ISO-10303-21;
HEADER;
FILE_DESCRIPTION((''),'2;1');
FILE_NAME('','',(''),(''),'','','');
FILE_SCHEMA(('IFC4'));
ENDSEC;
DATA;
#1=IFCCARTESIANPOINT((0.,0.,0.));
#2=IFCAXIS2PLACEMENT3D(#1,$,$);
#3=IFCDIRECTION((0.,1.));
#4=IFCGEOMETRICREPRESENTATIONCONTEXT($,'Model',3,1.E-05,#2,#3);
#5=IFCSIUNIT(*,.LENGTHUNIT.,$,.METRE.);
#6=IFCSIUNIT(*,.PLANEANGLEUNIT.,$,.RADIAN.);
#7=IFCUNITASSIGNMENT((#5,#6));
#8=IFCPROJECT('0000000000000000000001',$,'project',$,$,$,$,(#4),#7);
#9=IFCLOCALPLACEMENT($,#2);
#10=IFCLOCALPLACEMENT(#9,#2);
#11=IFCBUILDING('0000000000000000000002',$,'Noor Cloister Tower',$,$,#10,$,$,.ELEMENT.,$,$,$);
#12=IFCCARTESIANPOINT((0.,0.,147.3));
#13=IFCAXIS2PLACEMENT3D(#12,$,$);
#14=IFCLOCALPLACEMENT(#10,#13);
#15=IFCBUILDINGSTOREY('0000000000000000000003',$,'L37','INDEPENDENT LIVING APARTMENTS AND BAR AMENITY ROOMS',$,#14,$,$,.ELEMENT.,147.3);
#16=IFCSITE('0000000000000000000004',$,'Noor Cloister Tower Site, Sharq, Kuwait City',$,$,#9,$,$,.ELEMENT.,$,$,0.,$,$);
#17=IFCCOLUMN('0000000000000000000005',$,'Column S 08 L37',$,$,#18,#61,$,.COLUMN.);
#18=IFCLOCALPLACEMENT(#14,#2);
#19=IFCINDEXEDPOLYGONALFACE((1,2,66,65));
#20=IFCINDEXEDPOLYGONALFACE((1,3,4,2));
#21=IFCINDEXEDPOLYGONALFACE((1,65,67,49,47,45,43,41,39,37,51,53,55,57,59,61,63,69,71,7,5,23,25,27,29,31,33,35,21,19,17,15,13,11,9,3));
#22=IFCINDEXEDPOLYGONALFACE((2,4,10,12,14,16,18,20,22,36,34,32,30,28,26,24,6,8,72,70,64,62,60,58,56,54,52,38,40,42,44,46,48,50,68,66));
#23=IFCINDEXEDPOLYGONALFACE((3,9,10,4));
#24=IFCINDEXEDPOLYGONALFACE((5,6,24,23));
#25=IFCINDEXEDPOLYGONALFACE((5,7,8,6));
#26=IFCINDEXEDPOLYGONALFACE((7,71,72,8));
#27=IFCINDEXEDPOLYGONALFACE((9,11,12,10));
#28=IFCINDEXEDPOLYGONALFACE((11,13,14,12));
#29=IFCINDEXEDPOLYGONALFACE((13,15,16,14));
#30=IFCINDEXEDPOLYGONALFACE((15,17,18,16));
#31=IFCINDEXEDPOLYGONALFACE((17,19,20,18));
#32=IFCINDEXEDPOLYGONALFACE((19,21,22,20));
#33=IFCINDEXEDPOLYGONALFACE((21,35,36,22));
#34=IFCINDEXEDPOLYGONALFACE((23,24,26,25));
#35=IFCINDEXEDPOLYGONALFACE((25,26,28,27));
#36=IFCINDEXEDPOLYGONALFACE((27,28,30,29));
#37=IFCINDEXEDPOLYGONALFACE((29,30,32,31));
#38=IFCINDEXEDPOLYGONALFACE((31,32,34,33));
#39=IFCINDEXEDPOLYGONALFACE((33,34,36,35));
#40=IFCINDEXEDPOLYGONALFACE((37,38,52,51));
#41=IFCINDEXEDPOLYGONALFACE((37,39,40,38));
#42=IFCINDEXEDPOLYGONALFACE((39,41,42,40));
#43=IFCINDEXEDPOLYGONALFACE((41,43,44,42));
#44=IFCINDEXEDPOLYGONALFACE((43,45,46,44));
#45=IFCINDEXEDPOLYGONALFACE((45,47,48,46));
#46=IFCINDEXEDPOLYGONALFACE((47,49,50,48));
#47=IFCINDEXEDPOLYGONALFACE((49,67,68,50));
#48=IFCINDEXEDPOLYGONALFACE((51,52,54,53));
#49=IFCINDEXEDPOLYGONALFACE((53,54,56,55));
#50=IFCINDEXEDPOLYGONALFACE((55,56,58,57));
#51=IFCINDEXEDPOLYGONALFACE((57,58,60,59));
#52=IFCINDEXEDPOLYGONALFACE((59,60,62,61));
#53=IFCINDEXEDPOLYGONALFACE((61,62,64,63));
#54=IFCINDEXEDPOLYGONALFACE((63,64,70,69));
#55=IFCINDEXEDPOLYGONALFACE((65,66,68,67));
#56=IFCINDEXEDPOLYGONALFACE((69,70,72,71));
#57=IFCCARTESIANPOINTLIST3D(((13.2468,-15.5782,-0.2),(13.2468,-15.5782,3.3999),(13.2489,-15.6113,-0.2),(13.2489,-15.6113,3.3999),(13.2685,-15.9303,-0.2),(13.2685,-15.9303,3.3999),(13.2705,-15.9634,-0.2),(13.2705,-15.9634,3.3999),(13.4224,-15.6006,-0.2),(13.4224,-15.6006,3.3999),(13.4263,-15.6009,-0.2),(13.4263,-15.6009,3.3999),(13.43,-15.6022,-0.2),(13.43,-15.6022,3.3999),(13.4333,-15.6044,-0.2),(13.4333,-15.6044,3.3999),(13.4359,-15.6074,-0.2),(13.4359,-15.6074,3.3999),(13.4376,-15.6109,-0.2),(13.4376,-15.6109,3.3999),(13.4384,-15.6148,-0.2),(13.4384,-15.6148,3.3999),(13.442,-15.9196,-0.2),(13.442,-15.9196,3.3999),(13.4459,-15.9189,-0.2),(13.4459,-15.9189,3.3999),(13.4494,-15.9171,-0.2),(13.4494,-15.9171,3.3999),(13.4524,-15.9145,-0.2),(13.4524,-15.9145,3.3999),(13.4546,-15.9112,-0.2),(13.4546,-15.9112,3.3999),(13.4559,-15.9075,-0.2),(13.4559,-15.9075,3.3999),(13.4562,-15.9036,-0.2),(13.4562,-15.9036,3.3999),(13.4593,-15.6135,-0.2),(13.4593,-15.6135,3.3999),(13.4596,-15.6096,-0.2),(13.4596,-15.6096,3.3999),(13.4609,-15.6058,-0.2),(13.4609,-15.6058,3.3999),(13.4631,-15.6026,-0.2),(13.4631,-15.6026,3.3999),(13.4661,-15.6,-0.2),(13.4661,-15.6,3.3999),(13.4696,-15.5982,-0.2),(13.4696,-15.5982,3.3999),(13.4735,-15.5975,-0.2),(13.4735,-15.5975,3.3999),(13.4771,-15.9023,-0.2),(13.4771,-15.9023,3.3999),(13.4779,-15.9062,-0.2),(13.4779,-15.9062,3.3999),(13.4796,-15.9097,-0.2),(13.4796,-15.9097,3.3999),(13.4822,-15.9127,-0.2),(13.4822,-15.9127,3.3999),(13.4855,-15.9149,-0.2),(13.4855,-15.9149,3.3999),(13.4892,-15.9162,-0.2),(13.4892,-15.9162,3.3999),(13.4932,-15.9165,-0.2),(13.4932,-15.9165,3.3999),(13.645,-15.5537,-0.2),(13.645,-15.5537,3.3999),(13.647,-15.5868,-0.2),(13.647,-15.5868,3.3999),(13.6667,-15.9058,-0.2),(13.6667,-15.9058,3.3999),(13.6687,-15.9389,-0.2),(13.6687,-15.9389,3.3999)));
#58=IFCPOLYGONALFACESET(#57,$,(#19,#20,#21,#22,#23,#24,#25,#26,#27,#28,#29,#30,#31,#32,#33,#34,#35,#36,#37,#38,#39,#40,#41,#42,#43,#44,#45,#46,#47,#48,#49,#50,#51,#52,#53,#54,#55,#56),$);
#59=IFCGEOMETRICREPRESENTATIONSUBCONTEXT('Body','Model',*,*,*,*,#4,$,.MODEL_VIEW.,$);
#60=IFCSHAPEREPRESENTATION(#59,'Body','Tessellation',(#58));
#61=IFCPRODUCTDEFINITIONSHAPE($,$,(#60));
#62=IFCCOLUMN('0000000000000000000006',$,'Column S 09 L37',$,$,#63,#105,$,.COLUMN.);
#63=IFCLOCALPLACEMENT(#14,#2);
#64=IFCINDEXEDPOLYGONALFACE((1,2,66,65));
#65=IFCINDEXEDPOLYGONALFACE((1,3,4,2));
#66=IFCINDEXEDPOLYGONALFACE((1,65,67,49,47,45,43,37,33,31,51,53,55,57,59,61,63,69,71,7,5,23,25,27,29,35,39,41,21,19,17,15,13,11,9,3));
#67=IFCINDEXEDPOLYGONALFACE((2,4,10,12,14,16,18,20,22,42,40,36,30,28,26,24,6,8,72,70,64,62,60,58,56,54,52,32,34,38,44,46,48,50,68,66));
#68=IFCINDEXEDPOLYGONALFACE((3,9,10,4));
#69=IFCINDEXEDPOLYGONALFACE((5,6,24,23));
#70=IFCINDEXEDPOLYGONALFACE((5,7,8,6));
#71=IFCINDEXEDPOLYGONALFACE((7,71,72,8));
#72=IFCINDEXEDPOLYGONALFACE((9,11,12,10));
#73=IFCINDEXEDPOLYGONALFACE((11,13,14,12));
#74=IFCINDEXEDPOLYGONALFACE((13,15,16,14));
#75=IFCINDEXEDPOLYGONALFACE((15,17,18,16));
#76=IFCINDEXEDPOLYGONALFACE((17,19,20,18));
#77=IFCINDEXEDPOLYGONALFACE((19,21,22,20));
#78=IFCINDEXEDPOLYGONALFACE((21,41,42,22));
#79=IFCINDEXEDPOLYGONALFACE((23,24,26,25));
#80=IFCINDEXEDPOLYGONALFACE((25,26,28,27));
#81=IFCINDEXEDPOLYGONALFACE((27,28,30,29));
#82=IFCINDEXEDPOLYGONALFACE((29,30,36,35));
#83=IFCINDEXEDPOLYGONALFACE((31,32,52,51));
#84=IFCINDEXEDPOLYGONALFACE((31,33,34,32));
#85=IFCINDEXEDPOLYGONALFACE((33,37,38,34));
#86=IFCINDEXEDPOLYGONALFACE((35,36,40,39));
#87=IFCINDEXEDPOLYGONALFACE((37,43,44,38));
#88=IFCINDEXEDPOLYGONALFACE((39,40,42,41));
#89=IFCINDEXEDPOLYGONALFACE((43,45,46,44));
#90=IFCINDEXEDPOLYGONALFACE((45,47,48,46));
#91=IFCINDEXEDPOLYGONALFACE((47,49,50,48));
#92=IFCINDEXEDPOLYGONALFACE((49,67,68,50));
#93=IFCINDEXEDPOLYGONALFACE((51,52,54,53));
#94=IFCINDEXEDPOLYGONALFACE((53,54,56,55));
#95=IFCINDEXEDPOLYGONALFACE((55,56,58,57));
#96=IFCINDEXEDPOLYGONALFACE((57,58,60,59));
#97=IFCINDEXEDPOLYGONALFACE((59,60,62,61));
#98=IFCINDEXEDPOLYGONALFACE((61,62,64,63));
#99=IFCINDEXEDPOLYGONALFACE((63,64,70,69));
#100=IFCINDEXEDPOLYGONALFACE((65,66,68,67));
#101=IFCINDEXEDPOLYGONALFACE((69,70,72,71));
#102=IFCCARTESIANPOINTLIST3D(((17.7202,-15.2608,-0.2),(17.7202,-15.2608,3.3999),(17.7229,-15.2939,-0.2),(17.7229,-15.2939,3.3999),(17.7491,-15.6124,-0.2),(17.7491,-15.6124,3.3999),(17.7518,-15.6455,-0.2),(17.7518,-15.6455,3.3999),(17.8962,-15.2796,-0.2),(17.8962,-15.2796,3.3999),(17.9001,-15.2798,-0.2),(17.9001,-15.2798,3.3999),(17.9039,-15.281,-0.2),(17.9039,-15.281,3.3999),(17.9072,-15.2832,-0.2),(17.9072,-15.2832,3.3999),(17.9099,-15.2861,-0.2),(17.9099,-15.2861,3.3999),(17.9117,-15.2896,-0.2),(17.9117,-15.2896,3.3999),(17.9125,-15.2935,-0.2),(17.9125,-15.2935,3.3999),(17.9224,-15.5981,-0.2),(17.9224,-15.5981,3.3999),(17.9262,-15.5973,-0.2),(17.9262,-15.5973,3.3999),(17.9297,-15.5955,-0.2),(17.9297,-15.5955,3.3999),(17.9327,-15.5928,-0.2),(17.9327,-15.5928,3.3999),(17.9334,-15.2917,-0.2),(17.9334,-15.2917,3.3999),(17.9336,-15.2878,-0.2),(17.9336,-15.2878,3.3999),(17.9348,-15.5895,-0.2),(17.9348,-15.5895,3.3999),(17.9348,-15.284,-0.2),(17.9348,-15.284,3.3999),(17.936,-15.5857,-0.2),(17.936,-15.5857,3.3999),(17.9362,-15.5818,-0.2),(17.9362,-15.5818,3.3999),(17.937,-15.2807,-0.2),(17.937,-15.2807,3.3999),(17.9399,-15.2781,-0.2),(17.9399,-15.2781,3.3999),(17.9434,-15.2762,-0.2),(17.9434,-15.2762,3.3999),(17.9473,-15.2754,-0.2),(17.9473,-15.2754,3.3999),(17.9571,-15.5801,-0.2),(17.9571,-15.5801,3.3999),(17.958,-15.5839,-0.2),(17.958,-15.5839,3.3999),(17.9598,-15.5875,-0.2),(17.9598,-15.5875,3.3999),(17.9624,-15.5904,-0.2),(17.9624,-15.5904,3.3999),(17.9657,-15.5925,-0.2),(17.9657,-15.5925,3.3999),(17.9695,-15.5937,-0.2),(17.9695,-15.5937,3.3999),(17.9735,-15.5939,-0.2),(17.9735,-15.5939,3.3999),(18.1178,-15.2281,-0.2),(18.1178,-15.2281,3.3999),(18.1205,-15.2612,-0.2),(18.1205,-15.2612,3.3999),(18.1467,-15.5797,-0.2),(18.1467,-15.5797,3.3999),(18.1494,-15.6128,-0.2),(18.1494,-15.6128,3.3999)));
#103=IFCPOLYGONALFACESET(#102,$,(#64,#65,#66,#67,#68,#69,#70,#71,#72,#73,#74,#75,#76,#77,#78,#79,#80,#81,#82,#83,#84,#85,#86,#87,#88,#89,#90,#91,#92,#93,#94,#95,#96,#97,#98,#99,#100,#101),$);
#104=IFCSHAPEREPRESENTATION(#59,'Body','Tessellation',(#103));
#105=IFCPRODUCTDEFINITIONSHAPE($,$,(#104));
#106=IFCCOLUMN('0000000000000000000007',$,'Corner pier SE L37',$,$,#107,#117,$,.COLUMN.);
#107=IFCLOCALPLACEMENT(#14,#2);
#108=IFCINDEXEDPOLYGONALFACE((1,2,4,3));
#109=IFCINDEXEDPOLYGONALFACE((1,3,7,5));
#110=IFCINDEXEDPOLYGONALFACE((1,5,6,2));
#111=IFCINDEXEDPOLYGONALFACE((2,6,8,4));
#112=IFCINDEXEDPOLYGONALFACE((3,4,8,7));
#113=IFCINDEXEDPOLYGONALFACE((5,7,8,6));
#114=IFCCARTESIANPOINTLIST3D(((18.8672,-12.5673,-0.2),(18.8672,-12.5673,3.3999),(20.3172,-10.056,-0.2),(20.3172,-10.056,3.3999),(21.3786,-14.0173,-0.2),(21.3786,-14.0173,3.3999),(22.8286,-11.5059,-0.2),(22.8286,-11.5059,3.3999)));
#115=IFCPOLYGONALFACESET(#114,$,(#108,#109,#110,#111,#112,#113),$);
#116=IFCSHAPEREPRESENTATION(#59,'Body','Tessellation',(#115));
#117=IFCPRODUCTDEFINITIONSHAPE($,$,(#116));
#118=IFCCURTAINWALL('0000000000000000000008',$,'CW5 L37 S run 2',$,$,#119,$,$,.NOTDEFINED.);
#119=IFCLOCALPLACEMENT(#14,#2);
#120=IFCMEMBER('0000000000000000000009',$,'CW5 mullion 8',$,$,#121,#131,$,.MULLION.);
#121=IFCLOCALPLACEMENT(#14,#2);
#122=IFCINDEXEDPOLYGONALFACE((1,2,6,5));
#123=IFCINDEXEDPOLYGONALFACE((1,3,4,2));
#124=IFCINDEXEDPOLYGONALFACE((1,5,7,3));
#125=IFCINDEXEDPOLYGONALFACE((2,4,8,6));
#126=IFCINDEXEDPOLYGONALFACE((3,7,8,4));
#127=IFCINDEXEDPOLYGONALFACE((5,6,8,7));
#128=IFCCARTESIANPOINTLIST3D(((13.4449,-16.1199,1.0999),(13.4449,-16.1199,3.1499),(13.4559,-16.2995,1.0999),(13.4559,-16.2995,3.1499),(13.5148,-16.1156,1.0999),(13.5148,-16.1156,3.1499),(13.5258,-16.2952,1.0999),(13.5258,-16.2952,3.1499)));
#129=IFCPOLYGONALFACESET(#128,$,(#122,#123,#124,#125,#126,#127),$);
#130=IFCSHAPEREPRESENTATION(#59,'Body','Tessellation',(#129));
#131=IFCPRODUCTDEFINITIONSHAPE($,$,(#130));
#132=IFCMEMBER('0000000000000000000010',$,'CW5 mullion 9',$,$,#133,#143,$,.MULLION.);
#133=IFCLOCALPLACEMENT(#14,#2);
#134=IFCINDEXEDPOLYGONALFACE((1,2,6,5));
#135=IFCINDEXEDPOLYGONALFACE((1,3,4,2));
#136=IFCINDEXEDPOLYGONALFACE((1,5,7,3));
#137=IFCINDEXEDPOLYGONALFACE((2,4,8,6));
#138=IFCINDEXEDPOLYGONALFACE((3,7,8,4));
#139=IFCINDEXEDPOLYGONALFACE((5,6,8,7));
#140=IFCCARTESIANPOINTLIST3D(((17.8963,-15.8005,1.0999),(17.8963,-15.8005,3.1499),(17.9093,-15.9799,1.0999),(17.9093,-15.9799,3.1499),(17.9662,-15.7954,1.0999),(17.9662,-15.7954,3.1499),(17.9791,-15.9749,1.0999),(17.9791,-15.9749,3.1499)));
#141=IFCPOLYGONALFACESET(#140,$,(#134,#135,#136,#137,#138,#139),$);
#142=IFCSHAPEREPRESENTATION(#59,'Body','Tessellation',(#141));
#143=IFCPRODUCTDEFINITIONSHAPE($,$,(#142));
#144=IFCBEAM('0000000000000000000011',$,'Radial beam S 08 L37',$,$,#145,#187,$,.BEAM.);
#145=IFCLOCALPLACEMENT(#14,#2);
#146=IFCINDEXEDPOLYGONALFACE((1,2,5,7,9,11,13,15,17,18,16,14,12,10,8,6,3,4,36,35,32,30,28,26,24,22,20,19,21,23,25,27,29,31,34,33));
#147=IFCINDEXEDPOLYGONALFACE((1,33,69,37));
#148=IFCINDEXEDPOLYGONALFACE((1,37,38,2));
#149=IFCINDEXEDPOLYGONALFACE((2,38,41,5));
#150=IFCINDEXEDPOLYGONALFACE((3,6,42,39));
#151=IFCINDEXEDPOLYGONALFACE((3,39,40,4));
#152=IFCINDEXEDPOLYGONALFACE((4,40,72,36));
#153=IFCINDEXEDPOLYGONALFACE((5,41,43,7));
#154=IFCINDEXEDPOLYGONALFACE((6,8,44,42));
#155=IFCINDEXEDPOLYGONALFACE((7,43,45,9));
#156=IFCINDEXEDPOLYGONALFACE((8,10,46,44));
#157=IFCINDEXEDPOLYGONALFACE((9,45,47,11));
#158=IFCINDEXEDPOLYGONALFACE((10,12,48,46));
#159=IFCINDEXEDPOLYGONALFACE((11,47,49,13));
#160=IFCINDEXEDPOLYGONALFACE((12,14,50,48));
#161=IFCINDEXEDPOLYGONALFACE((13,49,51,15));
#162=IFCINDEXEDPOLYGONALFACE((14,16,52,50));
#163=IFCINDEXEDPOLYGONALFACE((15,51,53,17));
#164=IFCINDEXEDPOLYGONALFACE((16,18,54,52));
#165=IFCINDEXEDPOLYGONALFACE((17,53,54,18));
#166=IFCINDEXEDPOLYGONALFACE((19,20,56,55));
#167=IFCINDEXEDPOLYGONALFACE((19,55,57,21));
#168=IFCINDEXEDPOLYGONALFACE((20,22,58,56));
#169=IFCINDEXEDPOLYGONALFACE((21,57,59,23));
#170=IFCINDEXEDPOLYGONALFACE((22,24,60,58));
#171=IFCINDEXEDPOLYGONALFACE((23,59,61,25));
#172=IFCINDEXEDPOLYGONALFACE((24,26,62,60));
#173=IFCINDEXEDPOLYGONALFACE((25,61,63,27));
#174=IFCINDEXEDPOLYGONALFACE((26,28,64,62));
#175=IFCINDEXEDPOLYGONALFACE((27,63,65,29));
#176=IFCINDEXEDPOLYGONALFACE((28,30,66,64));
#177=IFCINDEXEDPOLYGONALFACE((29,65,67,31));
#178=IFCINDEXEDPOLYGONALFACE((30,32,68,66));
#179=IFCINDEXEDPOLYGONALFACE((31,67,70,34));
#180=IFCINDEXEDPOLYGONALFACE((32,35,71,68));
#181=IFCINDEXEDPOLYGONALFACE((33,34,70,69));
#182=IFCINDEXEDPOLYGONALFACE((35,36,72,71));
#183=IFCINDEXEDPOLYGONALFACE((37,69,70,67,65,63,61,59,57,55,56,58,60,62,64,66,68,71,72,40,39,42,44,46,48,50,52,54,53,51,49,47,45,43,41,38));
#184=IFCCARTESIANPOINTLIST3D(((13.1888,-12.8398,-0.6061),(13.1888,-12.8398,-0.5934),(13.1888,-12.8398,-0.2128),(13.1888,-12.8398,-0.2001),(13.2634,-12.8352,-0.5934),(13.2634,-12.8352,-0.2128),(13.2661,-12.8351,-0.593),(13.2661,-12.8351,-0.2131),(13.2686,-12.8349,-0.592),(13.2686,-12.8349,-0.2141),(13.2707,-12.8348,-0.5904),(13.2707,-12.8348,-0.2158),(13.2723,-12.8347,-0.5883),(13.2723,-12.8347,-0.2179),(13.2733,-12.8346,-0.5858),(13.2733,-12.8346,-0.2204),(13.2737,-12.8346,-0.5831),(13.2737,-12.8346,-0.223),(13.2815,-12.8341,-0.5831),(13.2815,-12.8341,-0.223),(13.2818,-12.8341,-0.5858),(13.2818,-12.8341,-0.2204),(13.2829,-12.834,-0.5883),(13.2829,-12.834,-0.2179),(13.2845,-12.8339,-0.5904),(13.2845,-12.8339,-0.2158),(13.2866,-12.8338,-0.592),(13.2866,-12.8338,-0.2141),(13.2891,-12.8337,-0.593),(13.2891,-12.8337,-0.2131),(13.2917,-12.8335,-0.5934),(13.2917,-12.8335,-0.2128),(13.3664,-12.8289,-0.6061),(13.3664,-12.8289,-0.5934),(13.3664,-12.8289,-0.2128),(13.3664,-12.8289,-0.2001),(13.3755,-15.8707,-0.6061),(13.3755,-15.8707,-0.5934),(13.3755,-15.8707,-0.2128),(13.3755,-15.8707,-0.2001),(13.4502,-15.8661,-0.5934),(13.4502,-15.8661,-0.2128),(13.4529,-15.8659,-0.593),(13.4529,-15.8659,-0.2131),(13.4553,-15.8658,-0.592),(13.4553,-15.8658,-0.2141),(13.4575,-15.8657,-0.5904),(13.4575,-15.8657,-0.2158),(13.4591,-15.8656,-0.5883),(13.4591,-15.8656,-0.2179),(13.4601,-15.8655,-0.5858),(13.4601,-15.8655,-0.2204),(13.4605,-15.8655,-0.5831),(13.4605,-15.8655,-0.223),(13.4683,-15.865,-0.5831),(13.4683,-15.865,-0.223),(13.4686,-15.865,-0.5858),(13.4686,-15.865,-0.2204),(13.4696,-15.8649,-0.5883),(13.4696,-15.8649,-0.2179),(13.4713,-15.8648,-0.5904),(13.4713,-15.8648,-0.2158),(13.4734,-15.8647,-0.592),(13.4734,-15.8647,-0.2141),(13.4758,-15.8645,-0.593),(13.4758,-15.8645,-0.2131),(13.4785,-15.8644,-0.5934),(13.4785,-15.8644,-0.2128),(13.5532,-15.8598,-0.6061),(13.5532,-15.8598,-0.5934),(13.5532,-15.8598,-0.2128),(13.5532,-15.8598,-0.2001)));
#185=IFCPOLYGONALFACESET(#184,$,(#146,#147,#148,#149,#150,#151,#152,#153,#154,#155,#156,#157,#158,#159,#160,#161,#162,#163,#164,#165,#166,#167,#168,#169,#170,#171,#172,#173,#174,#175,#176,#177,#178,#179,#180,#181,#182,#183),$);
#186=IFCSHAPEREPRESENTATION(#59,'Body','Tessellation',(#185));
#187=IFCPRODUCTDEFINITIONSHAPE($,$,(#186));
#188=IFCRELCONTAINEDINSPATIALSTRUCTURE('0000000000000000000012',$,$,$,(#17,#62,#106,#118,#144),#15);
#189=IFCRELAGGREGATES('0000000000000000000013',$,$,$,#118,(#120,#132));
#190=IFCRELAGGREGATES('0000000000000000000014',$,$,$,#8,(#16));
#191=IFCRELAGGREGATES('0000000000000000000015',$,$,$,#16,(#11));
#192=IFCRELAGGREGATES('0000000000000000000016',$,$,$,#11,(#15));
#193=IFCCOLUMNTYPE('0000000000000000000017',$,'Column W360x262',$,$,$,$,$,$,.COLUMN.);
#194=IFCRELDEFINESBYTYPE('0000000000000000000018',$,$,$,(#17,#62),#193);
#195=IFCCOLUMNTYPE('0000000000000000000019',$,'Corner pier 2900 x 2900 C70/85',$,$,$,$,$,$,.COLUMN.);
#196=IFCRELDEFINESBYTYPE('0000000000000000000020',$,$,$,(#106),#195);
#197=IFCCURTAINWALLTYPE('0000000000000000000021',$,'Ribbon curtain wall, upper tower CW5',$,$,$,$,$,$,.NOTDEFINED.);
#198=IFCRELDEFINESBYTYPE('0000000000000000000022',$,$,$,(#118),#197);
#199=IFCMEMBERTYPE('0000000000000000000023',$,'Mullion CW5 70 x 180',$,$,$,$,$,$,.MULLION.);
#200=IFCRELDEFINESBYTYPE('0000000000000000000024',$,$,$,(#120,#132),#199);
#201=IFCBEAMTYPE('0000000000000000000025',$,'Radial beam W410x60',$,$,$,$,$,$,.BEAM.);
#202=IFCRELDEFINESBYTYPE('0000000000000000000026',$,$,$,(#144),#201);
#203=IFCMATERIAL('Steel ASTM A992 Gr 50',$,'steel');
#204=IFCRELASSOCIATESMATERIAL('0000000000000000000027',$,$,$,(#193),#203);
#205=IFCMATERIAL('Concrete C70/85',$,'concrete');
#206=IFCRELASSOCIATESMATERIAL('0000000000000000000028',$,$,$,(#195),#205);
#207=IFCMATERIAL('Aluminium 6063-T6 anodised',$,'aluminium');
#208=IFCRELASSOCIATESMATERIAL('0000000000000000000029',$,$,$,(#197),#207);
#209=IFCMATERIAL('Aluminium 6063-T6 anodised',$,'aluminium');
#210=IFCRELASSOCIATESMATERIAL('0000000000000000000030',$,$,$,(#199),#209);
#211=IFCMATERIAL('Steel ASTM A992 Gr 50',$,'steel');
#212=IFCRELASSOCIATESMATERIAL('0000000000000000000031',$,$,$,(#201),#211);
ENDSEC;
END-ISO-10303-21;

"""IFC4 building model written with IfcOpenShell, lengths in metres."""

from ifc_helpers import new_model, si_unit, direction, frame, origin, origin_2d, place, context, subcontext, project, spatial, rectangle, i_section, extrude, material, material_profile, profile_set, type_object, element, aggregate, save


model = new_model("IFC4")

# Units and contexts
model_context = context("Model", 3, precision=1e-05, world=origin(), true_north=direction((0.0, 1.0)))
body_context = subcontext(model_context, "Body", "Model", "MODEL_VIEW")
ifc_project = project(units=[si_unit("LENGTHUNIT", "METRE"), si_unit("PLANEANGLEUNIT", "RADIAN")], contexts=[model_context])

# Site, building, storey
site_placement = place(None, origin())
site = spatial("IfcSite", under=ifc_project, at=site_placement, Name="Noor Cloister Tower Site, Sharq, Kuwait City", CompositionType="ELEMENT", RefElevation=0.0)
building_placement = place(site_placement, origin())
building = spatial("IfcBuilding", under=site, at=building_placement, Name="Noor Cloister Tower", CompositionType="ELEMENT")
storey_placement = place(building_placement, frame((0.0, 0.0, 147.3)))
storey = spatial("IfcBuildingStorey", under=building, at=storey_placement, Name="L37", Description="INDEPENDENT LIVING APARTMENTS AND BAR AMENITY ROOMS", CompositionType="ELEMENT", Elevation=147.3)

# Columns
ifc_material_1 = material(Name="Steel ASTM A992 Gr 50", Category="steel")
ifc_material_profile_1 = material_profile(ifc_material_1, i_section(OverallWidth=0.3989, OverallDepth=0.386, WebThickness=0.021, FlangeThickness=0.0332, FilletRadius=0.0151, at=origin_2d()), Name="W360x262")
ifc_profile_set_1 = profile_set([ifc_material_profile_1], Name="Steel ASTM A992 Gr 50")
column_type_1 = type_object("IfcColumnType", Name="Column W360x262", PredefinedType="COLUMN", material=ifc_profile_set_1)
for number, where, z_axis, x_axis, name in (
    (1, (13.4578, -15.7585, -0.2), (0.0, 0.0, 1.0), (0.998109, 0.061471, 0.0), "Column S 08 L37"),
    (2, (17.9348, -15.4368, -0.2), (0.0, 0.0, 1.0), (0.996639, 0.081922, 0.0), "Column S 09 L37"),
):
    element("IfcColumn", number, at=place(storey_placement, frame(where, z_axis=z_axis, x_axis=x_axis)), inside=storey, type_object=column_type_1, Name=name, PredefinedType="COLUMN", context=body_context, shape_type="SweptSolid", body=[
        extrude(i_section(OverallWidth=0.3989, OverallDepth=0.386, WebThickness=0.021, FlangeThickness=0.0332, FilletRadius=0.0151, at=origin_2d()), origin(), (0.0, 0.0, 1.0), 3.5999),
    ])
ifc_material_2 = material(Name="Concrete C70/85", Category="concrete")
ifc_material_profile_2 = material_profile(ifc_material_2, rectangle(XDim=2.8999, YDim=2.8999, at=origin_2d()), Name="RC 2900x2900")
ifc_profile_set_2 = profile_set([ifc_material_profile_2], Name="Concrete C70/85")
column_type_2 = type_object("IfcColumnType", Name="Corner pier 2900 x 2900 C70/85", PredefinedType="COLUMN", material=ifc_profile_set_2)
column_placement = place(storey_placement, frame((20.8479, -12.0366, -0.2), z_axis=(0.0, 0.0, 1.0), x_axis=(0.866025, -0.5, 0.0)))
element("IfcColumn", 3, at=column_placement, inside=storey, type_object=column_type_2, Name="Corner pier SE L37", PredefinedType="COLUMN", context=body_context, shape_type="SweptSolid", body=[
    extrude(rectangle(XDim=2.8999, YDim=2.8999, at=origin_2d()), origin(), (0.0, 0.0, 1.0), 3.5999),
])

# Curtain wall, members
ifc_material_3 = material(Name="Aluminium 6063-T6 anodised", Category="aluminium")
curtain_wall_type = type_object("IfcCurtainWallType", Name="Ribbon curtain wall, upper tower CW5", PredefinedType="NOTDEFINED", material=ifc_material_3)
curtain_wall_placement = place(storey_placement, origin())
curtain_wall = element("IfcCurtainWall", 4, at=curtain_wall_placement, inside=storey, type_object=curtain_wall_type, Name="CW5 L37 S run 2", PredefinedType="NOTDEFINED")
ifc_material_4 = material(Name="Aluminium 6063-T6 anodised", Category="aluminium")
ifc_material_profile_3 = material_profile(ifc_material_4, rectangle(XDim=0.1799, YDim=0.0701, at=origin_2d()), Name="180 x 70 mullion")
ifc_profile_set_3 = profile_set([ifc_material_profile_3], Name="Aluminium 6063-T6 anodised")
member_type = type_object("IfcMemberType", Name="Mullion CW5 70 x 180", PredefinedType="MULLION", material=ifc_profile_set_3)
member_1_placement = place(storey_placement, frame((13.4854, -16.2075, 1.0999), z_axis=(0.0, 0.0, 1.0), x_axis=(-0.061471, 0.998109, 0.0)))
member_1 = element("IfcMember", 5, at=member_1_placement, type_object=member_type, Name="CW5 mullion 8", PredefinedType="MULLION", context=body_context, shape_type="SweptSolid", body=[
    extrude(rectangle(XDim=0.1799, YDim=0.0701, at=origin_2d()), origin(), (0.0, 0.0, 1.0), 2.05),
])
member_2_placement = place(storey_placement, frame((17.9377, -15.8877, 1.0999), z_axis=(0.0, 0.0, 1.0), x_axis=(-0.0717, 0.997426, 0.0)))
member_2 = element("IfcMember", 6, at=member_2_placement, type_object=member_type, Name="CW5 mullion 9", PredefinedType="MULLION", context=body_context, shape_type="SweptSolid", body=[
    extrude(rectangle(XDim=0.1799, YDim=0.0701, at=origin_2d()), origin(), (0.0, 0.0, 1.0), 2.05),
])

# Beam
ifc_material_5 = material(Name="Steel ASTM A992 Gr 50", Category="steel")
ifc_material_profile_4 = material_profile(ifc_material_5, i_section(OverallWidth=0.178, OverallDepth=0.406, WebThickness=0.0078, FlangeThickness=0.0127, FilletRadius=0.0103, at=origin_2d()), Name="W410x60")
ifc_profile_set_4 = profile_set([ifc_material_profile_4], Name="Steel ASTM A992 Gr 50")
beam_type_1 = type_object("IfcBeamType", Name="Radial beam W410x60", PredefinedType="BEAM", material=ifc_profile_set_4)
beam_1_placement = place(storey_placement, frame((13.4644, -15.8652, -0.4031), z_axis=(-0.061507, 0.998107, 0.0), x_axis=(-0.998107, -0.061507, 0.0)))
element("IfcBeam", 7, at=beam_1_placement, inside=storey, type_object=beam_type_1, Name="Radial beam S 08 L37", PredefinedType="BEAM", context=body_context, shape_type="SweptSolid", body=[
    extrude(i_section(OverallWidth=0.178, OverallDepth=0.406, WebThickness=0.0078, FlangeThickness=0.0127, FilletRadius=0.0103, at=origin_2d()), origin(), (0.0, 0.0, 1.0), 3.0366),
])

aggregate(curtain_wall, [member_1, member_2])

save(model, "model.ifc")
